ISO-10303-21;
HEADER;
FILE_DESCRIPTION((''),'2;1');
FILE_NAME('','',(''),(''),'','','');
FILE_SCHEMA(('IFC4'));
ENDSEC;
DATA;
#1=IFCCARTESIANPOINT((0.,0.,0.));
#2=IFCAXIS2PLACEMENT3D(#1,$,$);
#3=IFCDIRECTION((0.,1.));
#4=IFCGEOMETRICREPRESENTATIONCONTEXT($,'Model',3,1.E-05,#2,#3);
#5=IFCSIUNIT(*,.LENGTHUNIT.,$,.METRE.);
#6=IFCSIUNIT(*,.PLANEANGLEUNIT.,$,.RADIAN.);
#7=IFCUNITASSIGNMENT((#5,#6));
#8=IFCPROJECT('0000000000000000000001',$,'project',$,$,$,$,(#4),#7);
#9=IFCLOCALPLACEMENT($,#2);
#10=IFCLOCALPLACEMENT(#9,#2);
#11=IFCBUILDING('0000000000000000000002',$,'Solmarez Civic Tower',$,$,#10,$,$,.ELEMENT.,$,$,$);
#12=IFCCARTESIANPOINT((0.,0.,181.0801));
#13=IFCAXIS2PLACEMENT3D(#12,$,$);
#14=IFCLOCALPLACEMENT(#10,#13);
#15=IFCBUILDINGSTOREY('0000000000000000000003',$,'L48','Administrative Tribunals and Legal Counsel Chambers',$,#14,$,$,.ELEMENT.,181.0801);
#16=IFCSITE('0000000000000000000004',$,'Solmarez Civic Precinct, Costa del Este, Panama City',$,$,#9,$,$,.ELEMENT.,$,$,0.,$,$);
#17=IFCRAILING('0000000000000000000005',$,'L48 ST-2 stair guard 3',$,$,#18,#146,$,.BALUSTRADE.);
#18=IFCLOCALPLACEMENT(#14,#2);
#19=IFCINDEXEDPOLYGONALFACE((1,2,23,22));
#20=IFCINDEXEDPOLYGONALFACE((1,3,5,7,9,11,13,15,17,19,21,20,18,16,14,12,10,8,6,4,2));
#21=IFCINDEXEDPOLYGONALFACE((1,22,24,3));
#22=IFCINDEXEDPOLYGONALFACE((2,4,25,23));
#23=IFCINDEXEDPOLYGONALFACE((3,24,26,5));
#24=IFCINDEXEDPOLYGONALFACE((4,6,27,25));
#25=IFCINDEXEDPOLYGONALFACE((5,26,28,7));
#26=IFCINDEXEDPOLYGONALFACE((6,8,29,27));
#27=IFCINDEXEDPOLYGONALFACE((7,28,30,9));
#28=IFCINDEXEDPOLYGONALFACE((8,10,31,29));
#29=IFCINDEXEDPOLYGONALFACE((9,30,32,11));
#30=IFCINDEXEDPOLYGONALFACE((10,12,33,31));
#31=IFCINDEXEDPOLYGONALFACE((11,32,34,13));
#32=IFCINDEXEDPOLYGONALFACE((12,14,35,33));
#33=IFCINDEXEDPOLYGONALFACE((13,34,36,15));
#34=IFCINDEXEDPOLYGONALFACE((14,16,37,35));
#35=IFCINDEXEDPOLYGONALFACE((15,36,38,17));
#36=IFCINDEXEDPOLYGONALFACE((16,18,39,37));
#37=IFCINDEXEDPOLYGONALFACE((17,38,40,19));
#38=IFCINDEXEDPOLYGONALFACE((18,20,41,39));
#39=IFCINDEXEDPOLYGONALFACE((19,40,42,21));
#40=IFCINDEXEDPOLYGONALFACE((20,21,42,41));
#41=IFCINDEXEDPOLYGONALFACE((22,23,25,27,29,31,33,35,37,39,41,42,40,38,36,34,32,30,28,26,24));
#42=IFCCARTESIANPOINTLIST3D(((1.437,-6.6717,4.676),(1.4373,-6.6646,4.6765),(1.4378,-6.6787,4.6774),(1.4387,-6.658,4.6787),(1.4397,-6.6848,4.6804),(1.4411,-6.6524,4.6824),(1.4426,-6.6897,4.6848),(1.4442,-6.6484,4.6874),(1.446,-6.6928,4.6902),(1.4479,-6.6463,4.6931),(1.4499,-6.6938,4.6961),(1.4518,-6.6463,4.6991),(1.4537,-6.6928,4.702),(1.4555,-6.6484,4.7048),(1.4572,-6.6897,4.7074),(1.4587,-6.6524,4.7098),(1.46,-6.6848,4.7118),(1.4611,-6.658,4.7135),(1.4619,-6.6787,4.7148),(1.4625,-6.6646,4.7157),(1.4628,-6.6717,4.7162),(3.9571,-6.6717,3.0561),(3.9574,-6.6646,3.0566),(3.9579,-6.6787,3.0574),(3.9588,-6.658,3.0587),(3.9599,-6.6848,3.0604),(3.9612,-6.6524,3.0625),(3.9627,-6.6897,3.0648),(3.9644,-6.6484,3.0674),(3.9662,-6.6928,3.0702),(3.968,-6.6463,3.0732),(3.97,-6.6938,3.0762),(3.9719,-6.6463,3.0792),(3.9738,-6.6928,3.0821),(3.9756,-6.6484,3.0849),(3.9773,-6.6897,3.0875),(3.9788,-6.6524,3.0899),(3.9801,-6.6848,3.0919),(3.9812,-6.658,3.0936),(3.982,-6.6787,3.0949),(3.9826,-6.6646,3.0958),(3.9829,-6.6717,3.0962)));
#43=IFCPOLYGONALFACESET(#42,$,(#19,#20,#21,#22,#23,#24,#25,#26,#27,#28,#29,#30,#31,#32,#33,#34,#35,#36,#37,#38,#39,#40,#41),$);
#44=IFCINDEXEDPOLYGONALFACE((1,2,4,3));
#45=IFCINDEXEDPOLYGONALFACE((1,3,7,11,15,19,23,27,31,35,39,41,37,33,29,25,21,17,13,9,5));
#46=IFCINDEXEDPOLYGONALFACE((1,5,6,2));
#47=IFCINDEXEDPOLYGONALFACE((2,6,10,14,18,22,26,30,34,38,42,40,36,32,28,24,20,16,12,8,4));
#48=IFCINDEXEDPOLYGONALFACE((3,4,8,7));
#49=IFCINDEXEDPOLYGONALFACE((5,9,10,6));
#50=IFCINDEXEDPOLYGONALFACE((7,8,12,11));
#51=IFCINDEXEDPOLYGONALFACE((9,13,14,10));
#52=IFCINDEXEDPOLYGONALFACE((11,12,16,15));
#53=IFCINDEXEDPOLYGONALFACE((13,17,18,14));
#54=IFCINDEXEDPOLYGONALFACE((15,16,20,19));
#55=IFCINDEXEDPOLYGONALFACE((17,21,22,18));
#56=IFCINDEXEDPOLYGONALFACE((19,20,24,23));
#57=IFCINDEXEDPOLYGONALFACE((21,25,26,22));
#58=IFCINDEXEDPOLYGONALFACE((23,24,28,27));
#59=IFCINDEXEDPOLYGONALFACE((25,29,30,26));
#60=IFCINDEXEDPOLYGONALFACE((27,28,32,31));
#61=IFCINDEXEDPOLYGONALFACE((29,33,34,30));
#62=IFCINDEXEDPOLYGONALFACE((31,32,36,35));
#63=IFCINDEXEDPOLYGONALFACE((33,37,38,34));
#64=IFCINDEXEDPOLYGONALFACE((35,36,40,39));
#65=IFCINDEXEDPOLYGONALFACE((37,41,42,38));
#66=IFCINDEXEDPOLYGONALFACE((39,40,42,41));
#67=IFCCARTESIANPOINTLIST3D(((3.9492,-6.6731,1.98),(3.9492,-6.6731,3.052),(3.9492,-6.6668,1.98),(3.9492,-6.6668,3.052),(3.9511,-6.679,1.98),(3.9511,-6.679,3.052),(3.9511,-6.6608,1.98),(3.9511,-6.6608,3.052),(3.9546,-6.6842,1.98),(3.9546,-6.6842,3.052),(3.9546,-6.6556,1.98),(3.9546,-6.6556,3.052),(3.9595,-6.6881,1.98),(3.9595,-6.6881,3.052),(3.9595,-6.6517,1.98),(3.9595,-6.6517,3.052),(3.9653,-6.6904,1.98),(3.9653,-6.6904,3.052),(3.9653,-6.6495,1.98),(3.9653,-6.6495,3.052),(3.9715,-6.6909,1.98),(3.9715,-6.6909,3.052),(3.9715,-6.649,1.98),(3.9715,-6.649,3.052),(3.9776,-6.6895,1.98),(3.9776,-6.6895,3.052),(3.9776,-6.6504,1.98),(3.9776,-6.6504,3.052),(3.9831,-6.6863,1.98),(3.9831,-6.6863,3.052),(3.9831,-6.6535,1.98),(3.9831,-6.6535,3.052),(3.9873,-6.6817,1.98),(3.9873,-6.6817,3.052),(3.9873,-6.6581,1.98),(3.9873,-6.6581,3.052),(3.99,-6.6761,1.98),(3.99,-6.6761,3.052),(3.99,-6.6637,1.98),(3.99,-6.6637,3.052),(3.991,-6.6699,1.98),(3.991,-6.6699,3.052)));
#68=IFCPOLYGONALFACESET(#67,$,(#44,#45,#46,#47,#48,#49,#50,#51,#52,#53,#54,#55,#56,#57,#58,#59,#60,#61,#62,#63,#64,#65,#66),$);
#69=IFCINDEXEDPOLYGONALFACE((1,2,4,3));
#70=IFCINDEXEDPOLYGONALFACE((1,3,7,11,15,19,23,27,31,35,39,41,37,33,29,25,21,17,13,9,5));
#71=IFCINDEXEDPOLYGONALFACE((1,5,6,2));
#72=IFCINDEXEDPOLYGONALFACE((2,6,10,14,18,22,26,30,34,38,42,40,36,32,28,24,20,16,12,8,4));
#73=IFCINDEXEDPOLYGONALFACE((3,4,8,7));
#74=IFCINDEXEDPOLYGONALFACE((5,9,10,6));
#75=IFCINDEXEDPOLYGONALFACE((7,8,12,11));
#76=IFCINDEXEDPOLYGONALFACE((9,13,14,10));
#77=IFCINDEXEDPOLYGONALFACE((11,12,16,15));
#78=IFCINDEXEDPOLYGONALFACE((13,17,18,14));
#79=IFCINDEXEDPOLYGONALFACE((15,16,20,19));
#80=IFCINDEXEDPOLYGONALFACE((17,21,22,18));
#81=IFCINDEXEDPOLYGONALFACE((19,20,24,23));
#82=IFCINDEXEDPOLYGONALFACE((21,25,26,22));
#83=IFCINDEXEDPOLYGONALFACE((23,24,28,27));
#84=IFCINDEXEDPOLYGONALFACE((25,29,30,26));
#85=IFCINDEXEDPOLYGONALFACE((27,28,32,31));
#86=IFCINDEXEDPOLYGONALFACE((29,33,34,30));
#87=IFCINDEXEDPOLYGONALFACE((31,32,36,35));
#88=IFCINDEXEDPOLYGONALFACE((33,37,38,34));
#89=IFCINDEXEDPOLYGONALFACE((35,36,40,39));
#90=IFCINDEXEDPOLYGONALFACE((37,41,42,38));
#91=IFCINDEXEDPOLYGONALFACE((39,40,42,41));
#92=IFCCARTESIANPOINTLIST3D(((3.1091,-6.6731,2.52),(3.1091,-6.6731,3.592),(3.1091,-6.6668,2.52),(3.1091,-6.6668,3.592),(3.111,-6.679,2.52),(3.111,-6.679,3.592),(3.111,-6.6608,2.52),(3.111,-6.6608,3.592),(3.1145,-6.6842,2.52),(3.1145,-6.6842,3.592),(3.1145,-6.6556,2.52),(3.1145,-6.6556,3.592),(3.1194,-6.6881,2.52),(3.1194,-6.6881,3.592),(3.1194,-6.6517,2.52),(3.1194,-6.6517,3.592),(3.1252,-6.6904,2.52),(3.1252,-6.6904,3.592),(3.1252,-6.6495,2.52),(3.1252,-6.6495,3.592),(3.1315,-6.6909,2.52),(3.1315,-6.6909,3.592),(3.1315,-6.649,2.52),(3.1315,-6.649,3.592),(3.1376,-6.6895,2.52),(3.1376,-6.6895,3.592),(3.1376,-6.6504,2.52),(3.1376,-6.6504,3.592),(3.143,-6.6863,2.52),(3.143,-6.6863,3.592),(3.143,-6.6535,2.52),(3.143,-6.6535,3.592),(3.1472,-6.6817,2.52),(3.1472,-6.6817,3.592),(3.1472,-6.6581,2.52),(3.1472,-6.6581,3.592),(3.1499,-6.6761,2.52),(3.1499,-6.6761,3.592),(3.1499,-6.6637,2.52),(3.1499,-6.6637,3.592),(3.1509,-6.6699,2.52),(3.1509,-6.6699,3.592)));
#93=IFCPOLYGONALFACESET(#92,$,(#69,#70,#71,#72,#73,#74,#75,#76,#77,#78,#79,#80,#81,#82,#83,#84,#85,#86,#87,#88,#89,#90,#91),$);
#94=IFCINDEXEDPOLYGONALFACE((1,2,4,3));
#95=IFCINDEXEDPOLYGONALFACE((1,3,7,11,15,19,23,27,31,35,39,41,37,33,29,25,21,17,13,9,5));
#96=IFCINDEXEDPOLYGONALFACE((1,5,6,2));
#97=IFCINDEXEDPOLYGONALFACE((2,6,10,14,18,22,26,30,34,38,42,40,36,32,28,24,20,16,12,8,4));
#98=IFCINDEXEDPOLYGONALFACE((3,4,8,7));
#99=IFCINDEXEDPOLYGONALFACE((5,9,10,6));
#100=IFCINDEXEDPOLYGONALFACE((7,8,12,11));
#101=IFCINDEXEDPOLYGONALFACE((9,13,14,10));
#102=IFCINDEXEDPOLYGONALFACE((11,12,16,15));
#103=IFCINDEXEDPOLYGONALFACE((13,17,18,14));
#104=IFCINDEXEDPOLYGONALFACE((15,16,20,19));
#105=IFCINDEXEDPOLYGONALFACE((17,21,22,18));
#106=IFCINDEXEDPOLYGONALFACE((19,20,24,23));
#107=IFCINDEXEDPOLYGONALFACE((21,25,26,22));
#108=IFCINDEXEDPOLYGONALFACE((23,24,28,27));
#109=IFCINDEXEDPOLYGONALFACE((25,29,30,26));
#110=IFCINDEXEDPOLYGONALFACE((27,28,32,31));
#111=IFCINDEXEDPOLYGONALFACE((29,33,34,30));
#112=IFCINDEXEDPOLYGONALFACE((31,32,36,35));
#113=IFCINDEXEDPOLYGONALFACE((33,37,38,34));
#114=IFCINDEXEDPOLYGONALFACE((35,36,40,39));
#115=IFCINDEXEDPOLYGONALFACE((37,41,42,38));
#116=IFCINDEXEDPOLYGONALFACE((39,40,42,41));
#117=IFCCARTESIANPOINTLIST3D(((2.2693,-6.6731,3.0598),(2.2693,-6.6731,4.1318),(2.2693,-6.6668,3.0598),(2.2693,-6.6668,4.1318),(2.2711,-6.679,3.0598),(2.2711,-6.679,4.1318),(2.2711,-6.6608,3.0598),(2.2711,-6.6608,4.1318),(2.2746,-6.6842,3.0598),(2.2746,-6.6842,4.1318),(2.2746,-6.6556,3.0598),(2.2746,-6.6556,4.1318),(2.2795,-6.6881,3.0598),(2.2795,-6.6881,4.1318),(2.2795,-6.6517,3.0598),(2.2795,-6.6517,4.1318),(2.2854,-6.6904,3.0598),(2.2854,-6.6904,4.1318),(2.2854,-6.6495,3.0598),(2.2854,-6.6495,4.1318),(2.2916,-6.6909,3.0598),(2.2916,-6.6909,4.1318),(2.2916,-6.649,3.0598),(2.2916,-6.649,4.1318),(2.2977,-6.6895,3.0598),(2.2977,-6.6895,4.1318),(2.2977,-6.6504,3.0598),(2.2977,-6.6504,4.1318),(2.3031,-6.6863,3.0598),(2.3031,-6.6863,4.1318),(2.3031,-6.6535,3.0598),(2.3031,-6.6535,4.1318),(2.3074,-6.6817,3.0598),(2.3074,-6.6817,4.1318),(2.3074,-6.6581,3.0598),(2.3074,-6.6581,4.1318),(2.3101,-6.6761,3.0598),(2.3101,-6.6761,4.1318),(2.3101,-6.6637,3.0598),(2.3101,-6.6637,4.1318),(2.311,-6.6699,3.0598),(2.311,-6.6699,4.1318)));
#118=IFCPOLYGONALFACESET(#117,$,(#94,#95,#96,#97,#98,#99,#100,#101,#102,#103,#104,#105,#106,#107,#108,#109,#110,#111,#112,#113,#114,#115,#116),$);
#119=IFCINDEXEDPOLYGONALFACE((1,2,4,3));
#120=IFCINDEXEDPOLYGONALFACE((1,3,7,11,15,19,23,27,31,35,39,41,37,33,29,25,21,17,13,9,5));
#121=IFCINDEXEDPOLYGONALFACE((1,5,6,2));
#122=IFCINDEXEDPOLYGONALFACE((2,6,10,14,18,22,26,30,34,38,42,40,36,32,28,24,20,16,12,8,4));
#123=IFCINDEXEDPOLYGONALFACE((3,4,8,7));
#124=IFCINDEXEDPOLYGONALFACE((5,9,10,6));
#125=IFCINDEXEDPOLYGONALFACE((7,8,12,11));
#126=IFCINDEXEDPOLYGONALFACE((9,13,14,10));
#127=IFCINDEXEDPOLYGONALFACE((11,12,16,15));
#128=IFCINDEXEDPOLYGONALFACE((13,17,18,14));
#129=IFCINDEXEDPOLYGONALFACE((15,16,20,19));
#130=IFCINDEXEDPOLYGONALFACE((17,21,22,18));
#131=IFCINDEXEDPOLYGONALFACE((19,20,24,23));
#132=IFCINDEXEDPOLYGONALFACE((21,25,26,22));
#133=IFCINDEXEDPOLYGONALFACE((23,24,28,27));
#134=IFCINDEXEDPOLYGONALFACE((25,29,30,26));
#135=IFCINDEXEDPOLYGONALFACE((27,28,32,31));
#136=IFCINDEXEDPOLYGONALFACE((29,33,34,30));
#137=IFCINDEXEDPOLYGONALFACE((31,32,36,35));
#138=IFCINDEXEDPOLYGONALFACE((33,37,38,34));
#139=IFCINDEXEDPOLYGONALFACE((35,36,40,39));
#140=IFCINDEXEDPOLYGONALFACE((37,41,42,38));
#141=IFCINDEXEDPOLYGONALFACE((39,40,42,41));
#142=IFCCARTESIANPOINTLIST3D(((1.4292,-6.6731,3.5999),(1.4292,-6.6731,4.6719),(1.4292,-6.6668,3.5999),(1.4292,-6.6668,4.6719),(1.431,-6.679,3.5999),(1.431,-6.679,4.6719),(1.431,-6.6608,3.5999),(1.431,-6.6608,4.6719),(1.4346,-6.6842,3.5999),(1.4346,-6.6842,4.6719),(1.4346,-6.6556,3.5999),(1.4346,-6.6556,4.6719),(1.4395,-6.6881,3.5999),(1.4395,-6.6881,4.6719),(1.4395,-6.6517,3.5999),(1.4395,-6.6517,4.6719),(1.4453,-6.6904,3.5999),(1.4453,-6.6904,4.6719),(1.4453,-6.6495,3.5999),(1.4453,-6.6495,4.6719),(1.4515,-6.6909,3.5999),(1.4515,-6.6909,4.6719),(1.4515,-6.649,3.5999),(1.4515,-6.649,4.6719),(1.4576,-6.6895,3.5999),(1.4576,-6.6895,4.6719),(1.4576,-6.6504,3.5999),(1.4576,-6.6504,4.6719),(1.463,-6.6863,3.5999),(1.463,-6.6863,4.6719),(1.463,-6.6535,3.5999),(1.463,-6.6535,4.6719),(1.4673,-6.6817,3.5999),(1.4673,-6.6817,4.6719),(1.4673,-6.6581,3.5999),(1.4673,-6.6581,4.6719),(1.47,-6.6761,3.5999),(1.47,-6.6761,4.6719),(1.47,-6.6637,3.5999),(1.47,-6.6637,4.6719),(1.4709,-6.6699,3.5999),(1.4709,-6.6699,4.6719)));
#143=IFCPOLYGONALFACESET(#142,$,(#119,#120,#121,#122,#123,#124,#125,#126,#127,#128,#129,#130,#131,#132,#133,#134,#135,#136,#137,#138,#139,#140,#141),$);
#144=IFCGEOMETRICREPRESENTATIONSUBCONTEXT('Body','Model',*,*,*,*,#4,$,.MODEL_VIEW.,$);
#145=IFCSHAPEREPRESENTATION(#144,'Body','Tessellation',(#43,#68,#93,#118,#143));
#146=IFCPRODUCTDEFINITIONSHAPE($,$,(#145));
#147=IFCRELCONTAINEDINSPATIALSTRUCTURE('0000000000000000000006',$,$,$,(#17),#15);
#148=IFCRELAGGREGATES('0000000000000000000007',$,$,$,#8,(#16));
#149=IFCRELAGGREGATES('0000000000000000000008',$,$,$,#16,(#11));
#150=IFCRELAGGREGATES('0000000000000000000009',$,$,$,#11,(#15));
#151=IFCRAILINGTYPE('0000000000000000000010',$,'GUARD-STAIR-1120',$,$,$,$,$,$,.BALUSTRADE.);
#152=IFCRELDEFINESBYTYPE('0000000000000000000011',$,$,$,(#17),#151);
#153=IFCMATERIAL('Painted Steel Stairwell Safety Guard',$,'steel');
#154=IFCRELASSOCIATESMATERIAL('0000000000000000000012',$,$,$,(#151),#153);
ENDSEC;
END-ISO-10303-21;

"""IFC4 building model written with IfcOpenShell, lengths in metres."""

from ifc_helpers import new_model, si_unit, direction, frame, origin, origin_2d, place, context, subcontext, project, spatial, circle, extrude, material, type_object, element, save


model = new_model("IFC4")

# Units and contexts
model_context = context("Model", 3, precision=1e-05, world=origin(), true_north=direction((0.0, 1.0)))
body_context = subcontext(model_context, "Body", "Model", "MODEL_VIEW")
ifc_project = project(units=[si_unit("LENGTHUNIT", "METRE"), si_unit("PLANEANGLEUNIT", "RADIAN")], contexts=[model_context])

# Site, building, storey
site_placement = place(None, origin())
site = spatial("IfcSite", under=ifc_project, at=site_placement, Name="Solmarez Civic Precinct, Costa del Este, Panama City", CompositionType="ELEMENT", RefElevation=0.0)
building_placement = place(site_placement, origin())
building = spatial("IfcBuilding", under=site, at=building_placement, Name="Solmarez Civic Tower", CompositionType="ELEMENT")
storey_placement = place(building_placement, frame((0.0, 0.0, 181.0801)))
storey = spatial("IfcBuildingStorey", under=building, at=storey_placement, Name="L48", Description="Administrative Tribunals and Legal Counsel Chambers", CompositionType="ELEMENT", Elevation=181.0801)

# Railing
ifc_material_1 = material(Name="Painted Steel Stairwell Safety Guard", Category="steel")
railing_type_1 = type_object("IfcRailingType", Name="GUARD-STAIR-1120", PredefinedType="BALUSTRADE", material=ifc_material_1)
railing_1_placement = place(storey_placement, frame((3.97, -6.6699, 1.98)))
element("IfcRailing", 1, at=railing_1_placement, inside=storey, type_object=railing_type_1, Name="L48 ST-2 stair guard 3", PredefinedType="BALUSTRADE", context=body_context, shape_type="SweptSolid", body=[
    extrude(circle(Radius=0.0239, at=origin_2d()), frame((0.0, 0.0, 1.0962), z_axis=(-0.8412, 0.0, 0.540725), x_axis=(0.0, -1.0, 0.0)), (0.0, 0.0, 1.0), 2.9958),
    extrude(circle(Radius=0.021, at=origin_2d()), origin(), (0.0, 0.0, 1.0), 1.072),
    extrude(circle(Radius=0.021, at=origin_2d()), frame((-0.8401, 0.0, 0.54)), (0.0, 0.0, 1.0), 1.072),
    extrude(circle(Radius=0.021, at=origin_2d()), frame((-1.6799, 0.0, 1.0798)), (0.0, 0.0, 1.0), 1.072),
    extrude(circle(Radius=0.021, at=origin_2d()), frame((-2.52, 0.0, 1.6199)), (0.0, 0.0, 1.0), 1.072),
])

save(model, "model.ifc")
